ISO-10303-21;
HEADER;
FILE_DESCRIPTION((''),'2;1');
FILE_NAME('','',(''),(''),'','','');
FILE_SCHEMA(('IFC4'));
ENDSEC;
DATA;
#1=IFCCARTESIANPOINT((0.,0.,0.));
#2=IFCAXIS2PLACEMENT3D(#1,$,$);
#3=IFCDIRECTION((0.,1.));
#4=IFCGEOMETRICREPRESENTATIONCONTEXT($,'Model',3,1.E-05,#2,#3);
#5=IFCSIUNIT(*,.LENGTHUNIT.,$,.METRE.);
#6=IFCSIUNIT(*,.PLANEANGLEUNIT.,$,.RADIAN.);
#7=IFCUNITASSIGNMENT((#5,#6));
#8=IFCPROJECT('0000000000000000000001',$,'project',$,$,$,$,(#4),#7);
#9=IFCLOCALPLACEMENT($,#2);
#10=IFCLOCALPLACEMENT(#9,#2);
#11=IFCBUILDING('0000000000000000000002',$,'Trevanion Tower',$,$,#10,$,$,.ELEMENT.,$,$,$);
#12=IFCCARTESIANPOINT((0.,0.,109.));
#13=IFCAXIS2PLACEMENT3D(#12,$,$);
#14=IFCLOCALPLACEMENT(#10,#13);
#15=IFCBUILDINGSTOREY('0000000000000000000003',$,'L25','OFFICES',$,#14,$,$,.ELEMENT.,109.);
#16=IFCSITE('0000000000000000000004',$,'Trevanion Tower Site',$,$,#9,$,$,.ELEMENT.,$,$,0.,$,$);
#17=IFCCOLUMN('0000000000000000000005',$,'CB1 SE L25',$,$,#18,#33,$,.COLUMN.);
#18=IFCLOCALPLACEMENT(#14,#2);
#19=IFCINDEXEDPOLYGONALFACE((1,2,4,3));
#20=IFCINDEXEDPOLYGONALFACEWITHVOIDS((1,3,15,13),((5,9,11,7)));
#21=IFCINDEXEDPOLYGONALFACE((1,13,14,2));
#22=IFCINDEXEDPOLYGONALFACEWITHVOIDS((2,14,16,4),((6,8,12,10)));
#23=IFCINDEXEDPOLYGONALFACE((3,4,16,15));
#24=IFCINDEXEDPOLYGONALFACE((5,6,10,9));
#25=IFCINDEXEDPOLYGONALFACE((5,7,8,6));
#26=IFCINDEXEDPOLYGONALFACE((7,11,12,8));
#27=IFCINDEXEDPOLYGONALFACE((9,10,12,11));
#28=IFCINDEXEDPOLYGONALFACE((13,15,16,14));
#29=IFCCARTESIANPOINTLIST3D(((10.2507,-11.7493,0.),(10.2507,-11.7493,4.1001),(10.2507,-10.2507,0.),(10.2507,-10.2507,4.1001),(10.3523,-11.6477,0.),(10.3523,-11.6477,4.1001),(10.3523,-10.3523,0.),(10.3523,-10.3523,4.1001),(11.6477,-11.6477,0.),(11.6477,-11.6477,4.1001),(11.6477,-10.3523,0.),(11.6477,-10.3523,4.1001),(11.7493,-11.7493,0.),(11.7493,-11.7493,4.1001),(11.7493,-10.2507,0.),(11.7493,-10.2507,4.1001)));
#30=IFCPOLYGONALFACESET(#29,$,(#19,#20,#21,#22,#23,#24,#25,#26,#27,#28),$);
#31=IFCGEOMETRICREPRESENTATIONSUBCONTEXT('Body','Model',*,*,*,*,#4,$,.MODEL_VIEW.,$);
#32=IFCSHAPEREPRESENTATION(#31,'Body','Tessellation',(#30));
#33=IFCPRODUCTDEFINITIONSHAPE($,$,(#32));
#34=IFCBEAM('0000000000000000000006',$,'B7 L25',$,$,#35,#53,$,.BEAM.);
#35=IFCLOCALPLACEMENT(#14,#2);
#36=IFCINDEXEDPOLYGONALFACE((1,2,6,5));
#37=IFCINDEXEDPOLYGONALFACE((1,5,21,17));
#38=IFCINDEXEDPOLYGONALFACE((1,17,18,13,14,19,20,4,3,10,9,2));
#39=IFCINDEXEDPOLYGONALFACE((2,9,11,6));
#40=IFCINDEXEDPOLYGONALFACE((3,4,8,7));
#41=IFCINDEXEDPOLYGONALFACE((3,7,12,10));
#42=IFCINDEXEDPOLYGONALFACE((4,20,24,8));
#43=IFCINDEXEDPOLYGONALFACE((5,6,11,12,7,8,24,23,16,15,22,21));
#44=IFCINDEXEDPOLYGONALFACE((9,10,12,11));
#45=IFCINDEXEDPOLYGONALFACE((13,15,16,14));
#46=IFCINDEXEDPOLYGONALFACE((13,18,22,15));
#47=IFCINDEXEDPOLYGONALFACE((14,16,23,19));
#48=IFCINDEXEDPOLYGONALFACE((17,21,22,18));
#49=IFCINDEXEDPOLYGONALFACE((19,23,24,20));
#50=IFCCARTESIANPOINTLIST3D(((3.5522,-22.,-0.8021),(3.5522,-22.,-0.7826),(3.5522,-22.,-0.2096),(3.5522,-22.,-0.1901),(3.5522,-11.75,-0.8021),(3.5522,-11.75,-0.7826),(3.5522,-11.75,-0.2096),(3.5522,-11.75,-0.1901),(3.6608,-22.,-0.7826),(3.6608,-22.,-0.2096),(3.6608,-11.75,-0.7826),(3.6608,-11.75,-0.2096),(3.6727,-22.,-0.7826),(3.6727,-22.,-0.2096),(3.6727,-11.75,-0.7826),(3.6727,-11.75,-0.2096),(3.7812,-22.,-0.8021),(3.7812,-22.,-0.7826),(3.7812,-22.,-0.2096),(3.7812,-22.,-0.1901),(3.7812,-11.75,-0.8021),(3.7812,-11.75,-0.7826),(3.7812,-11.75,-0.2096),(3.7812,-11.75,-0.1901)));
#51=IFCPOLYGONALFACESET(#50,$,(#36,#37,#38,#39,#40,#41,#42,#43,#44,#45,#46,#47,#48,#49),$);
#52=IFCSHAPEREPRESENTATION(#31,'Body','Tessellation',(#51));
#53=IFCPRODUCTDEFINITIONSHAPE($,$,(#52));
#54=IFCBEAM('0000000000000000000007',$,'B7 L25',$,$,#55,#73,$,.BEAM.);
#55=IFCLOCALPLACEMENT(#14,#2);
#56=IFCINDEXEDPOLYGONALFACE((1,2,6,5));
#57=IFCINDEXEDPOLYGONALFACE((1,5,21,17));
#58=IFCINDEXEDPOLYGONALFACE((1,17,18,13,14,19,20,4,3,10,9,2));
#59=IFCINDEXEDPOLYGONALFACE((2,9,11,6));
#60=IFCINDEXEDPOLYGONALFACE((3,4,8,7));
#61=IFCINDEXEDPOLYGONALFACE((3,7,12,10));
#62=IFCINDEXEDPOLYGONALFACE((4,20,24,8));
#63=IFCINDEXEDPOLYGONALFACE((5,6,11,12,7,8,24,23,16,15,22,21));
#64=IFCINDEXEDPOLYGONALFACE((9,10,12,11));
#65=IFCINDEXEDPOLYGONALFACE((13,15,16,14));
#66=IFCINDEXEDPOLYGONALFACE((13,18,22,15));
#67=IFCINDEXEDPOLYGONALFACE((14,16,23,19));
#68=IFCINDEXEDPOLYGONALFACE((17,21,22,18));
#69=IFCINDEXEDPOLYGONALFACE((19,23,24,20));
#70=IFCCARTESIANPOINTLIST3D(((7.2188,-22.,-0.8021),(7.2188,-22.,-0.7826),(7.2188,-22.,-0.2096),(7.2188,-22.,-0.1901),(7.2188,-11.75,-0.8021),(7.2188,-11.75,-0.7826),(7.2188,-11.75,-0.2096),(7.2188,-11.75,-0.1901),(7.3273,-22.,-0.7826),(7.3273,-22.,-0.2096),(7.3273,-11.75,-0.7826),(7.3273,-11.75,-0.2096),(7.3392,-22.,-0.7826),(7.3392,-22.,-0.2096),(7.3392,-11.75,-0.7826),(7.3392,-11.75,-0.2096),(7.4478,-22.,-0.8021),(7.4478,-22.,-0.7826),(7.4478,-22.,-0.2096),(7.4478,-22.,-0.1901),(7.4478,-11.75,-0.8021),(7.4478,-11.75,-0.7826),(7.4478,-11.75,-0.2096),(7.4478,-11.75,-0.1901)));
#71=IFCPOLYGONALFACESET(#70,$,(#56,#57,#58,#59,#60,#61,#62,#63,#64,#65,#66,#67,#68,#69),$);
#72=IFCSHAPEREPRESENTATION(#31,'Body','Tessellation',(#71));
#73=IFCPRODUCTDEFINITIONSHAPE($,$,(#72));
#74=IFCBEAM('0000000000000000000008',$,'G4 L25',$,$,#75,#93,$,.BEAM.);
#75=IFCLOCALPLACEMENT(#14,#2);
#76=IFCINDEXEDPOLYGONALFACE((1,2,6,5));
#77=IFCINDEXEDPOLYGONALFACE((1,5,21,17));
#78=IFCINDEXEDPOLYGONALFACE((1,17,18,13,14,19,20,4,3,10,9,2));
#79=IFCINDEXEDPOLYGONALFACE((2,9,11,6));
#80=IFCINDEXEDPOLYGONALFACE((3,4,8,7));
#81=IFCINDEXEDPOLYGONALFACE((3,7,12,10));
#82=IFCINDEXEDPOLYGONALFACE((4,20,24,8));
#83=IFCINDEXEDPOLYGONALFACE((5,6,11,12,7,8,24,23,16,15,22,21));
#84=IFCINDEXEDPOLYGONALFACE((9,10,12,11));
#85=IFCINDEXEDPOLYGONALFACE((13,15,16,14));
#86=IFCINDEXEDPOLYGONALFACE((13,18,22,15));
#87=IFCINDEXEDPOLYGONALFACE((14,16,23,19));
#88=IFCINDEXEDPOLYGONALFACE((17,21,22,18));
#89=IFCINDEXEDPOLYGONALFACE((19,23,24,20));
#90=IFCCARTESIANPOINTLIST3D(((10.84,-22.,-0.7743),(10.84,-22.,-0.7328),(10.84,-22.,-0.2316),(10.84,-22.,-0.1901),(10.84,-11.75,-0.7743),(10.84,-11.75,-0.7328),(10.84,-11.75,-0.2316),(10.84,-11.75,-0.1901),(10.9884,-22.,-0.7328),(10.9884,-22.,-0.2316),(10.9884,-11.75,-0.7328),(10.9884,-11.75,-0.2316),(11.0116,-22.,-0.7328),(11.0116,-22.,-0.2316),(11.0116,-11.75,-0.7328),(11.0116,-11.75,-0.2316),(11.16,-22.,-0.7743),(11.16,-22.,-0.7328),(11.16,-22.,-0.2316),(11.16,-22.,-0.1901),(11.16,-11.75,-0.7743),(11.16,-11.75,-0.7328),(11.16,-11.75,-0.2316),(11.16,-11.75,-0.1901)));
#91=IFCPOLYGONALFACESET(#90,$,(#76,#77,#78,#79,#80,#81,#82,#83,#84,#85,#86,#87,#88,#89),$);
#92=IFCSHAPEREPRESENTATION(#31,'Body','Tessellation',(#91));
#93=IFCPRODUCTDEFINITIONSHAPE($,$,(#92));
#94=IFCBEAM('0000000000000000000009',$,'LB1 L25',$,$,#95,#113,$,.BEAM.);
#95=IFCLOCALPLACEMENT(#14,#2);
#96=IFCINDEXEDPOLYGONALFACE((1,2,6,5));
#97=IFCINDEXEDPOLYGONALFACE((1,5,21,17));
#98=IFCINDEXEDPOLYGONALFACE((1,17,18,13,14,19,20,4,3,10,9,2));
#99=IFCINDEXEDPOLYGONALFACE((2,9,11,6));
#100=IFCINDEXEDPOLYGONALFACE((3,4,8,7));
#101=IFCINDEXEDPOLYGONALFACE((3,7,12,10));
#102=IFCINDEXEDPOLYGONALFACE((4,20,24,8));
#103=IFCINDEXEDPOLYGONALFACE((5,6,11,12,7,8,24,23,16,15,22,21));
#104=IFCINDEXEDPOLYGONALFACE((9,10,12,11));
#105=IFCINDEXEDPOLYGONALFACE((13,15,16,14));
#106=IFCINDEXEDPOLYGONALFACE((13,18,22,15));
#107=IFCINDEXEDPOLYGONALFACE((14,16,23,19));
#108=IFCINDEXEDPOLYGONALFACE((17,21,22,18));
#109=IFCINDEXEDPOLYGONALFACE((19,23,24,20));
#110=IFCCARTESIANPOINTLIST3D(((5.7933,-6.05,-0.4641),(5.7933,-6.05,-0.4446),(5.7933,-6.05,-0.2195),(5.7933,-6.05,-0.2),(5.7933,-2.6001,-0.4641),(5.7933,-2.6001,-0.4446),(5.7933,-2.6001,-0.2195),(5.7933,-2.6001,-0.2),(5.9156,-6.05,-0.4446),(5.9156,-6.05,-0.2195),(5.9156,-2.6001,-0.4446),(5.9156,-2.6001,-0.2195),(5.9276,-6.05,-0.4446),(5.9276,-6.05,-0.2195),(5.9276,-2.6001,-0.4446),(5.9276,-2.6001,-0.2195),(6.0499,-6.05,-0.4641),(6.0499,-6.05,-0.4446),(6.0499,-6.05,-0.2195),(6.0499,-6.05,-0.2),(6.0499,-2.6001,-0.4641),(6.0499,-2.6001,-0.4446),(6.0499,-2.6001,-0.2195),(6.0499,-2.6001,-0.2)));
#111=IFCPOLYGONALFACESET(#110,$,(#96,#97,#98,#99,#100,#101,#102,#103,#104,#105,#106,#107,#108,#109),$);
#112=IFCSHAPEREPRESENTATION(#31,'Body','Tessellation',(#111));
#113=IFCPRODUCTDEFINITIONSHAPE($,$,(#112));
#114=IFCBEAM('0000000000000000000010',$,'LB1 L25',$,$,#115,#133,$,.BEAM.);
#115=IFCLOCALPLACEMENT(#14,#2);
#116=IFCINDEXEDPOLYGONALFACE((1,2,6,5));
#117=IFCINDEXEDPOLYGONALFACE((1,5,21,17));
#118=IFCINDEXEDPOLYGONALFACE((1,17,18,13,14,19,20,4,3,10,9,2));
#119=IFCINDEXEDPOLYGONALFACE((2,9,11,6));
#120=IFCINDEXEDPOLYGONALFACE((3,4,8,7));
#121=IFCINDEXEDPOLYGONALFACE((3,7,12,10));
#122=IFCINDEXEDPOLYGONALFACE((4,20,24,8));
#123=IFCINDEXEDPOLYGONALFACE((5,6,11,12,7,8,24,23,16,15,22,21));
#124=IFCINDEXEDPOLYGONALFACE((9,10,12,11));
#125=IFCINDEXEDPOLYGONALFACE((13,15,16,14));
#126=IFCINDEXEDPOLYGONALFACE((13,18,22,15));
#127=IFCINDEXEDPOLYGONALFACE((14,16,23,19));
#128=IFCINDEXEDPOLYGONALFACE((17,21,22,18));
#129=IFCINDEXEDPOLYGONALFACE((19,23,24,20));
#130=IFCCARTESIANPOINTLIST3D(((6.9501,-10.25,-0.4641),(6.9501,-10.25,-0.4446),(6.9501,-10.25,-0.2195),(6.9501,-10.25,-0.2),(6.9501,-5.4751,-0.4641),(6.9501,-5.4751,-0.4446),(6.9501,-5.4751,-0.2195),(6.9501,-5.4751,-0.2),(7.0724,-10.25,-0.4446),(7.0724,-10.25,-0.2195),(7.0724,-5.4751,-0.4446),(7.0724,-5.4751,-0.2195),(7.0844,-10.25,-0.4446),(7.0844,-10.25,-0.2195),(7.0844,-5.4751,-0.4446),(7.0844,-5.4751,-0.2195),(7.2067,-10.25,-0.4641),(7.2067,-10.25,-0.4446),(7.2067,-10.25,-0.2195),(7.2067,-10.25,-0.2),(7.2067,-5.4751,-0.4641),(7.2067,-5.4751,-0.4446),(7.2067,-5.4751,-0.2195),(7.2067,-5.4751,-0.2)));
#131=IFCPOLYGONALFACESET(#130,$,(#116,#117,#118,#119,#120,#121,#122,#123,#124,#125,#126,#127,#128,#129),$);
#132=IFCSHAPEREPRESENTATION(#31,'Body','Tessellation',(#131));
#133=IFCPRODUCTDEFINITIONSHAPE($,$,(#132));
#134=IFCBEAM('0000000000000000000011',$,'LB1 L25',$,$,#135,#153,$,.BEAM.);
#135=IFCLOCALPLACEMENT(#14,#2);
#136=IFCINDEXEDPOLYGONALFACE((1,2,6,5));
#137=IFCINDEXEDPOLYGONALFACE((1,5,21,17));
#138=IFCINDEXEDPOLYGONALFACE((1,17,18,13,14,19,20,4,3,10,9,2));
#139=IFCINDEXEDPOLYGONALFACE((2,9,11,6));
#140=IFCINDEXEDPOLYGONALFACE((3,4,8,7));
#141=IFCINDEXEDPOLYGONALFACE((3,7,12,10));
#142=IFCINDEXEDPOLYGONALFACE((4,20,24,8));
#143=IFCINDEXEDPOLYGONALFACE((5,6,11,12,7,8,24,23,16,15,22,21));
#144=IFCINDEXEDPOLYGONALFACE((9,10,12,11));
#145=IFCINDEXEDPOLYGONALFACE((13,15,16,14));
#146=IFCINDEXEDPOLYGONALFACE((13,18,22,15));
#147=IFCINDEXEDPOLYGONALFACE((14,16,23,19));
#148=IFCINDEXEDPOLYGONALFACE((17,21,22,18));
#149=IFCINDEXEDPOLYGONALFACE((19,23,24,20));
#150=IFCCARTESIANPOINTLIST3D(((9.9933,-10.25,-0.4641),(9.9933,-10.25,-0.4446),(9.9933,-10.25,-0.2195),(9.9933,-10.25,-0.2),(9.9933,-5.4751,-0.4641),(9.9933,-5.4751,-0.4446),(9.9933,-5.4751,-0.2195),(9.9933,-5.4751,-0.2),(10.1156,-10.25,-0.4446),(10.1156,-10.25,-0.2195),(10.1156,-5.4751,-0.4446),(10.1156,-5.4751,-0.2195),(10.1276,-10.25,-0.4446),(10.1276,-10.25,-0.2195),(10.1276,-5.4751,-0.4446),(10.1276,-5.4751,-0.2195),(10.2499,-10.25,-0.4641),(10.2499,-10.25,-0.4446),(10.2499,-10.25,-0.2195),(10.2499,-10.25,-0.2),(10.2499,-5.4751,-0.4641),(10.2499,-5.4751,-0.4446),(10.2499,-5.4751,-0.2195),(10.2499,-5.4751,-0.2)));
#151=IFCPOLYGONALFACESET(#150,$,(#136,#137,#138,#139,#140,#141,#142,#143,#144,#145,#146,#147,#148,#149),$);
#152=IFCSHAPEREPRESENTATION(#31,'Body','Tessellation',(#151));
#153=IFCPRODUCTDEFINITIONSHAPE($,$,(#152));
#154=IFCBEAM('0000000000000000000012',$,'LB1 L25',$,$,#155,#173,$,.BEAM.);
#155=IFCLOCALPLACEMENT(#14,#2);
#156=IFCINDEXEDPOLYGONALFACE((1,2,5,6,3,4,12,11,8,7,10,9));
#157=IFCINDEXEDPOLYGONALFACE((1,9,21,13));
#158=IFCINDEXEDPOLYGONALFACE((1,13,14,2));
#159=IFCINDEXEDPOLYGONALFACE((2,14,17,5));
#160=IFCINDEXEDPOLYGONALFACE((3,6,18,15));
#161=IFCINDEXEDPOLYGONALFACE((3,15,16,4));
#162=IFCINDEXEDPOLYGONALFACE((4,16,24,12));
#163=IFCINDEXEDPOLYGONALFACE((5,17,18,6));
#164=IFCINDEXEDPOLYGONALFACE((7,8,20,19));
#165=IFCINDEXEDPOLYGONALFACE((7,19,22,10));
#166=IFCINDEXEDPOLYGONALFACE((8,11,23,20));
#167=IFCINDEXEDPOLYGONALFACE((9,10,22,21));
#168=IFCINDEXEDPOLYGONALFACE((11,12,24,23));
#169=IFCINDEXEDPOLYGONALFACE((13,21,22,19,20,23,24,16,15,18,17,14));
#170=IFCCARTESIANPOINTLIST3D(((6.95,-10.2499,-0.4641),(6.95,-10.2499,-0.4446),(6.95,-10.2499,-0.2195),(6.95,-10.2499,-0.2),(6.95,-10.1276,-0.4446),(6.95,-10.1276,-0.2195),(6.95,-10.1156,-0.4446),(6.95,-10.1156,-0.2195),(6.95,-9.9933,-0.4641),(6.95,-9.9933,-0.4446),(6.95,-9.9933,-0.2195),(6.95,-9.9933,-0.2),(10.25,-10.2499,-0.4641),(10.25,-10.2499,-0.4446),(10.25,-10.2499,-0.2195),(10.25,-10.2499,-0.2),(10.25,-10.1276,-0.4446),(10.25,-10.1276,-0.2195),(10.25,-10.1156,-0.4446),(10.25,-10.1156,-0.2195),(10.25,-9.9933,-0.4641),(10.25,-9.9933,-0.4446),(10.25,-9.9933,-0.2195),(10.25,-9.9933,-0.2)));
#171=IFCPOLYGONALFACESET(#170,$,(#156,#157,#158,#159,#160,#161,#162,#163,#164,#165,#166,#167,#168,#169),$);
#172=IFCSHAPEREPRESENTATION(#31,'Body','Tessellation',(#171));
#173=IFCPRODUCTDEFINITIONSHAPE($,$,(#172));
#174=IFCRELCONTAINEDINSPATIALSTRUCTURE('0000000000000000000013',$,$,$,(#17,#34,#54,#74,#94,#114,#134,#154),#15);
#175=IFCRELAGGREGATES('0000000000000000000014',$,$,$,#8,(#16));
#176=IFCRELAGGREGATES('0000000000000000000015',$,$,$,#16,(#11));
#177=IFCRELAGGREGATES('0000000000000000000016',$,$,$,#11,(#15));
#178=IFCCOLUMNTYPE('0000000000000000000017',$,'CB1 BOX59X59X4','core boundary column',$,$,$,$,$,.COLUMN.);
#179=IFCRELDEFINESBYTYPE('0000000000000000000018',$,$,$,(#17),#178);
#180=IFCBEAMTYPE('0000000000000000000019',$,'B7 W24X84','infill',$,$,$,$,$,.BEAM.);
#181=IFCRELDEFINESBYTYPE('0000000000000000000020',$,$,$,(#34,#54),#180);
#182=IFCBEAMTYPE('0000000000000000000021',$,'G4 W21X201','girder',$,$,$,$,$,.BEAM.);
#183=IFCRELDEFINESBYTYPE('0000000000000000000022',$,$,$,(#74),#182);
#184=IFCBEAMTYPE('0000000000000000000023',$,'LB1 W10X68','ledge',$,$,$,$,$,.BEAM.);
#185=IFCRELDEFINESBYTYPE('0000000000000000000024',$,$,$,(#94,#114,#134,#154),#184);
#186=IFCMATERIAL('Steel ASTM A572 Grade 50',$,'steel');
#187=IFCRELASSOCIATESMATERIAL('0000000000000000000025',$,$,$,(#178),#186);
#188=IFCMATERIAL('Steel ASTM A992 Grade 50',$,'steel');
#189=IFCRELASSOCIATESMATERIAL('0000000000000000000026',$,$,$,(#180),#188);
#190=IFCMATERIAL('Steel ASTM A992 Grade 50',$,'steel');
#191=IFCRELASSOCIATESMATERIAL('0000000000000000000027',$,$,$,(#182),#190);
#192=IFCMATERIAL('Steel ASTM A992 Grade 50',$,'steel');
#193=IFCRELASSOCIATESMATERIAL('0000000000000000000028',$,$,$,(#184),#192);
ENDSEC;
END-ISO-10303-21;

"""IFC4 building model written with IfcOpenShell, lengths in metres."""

from ifc_helpers import new_model, si_unit, direction, frame, origin, origin_2d, place, context, subcontext, project, spatial, hollow_rectangle, i_section, extrude, material, material_profile, profile_set, type_object, element, save


model = new_model("IFC4")

# Units and contexts
model_context = context("Model", 3, precision=1e-05, world=origin(), true_north=direction((0.0, 1.0)))
body_context = subcontext(model_context, "Body", "Model", "MODEL_VIEW")
ifc_project = project(units=[si_unit("LENGTHUNIT", "METRE"), si_unit("PLANEANGLEUNIT", "RADIAN")], contexts=[model_context])

# Site, building, storey
site_placement = place(None, origin())
site = spatial("IfcSite", under=ifc_project, at=site_placement, Name="Trevanion Tower Site", CompositionType="ELEMENT", RefElevation=0.0)
building_placement = place(site_placement, origin())
building = spatial("IfcBuilding", under=site, at=building_placement, Name="Trevanion Tower", CompositionType="ELEMENT")
storey_placement = place(building_placement, frame((0.0, 0.0, 109.0)))
storey = spatial("IfcBuildingStorey", under=building, at=storey_placement, Name="L25", Description="OFFICES", CompositionType="ELEMENT", Elevation=109.0)

# Column
ifc_material_1 = material(Name="Steel ASTM A572 Grade 50", Category="steel")
ifc_material_profile_1 = material_profile(ifc_material_1, hollow_rectangle(XDim=1.4985, YDim=1.4985, WallThickness=0.1016, at=origin_2d()), Name="BOX59X59X4")
ifc_profile_set_1 = profile_set([ifc_material_profile_1], Name="Steel ASTM A572 Grade 50")
column_type = type_object("IfcColumnType", Name="CB1 BOX59X59X4", Description="core boundary column", PredefinedType="COLUMN", material=ifc_profile_set_1)
column_placement = place(storey_placement, frame((11.0, -11.0, 0.0), z_axis=(0.0, 0.0, 1.0), x_axis=(1.0, 0.0, 0.0)))
element("IfcColumn", 1, at=column_placement, inside=storey, type_object=column_type, Name="CB1 SE L25", PredefinedType="COLUMN", context=body_context, shape_type="SweptSolid", body=[
    extrude(hollow_rectangle(XDim=1.4985, YDim=1.4985, WallThickness=0.1016, at=origin_2d()), origin(), (0.0, 0.0, 1.0), 4.1001),
])

# Beams
ifc_material_2 = material(Name="Steel ASTM A992 Grade 50", Category="steel")
ifc_material_profile_2 = material_profile(ifc_material_2, i_section(OverallWidth=0.229, OverallDepth=0.6121, WebThickness=0.012, FlangeThickness=0.0195, at=origin_2d()), Name="W24X84")
ifc_profile_set_2 = profile_set([ifc_material_profile_2], Name="Steel ASTM A992 Grade 50")
beam_type_1 = type_object("IfcBeamType", Name="B7 W24X84", Description="infill", PredefinedType="BEAM", material=ifc_profile_set_2)
for number, where, z_axis, x_axis, name in (
    (2, (3.6667, -11.75, -0.4961), (0.0, -1.0, 0.0), (1.0, 0.0, 0.0), "B7 L25"),
    (3, (7.3333, -11.75, -0.4961), (0.0, -1.0, 0.0), (1.0, 0.0, 0.0), "B7 L25"),
):
    element("IfcBeam", number, at=place(storey_placement, frame(where, z_axis=z_axis, x_axis=x_axis)), inside=storey, type_object=beam_type_1, Name=name, PredefinedType="BEAM", context=body_context, shape_type="SweptSolid", body=[
        extrude(i_section(OverallWidth=0.229, OverallDepth=0.6121, WebThickness=0.012, FlangeThickness=0.0195, at=origin_2d()), origin(), (0.0, 0.0, 1.0), 10.25),
    ])
ifc_material_3 = material(Name="Steel ASTM A992 Grade 50", Category="steel")
ifc_material_profile_3 = material_profile(ifc_material_3, i_section(OverallWidth=0.3201, OverallDepth=0.5842, WebThickness=0.0232, FlangeThickness=0.0415, at=origin_2d()), Name="W21X201")
ifc_profile_set_3 = profile_set([ifc_material_profile_3], Name="Steel ASTM A992 Grade 50")
beam_type_2 = type_object("IfcBeamType", Name="G4 W21X201", Description="girder", PredefinedType="BEAM", material=ifc_profile_set_3)
beam_1_placement = place(storey_placement, frame((11.0, -11.75, -0.4822), z_axis=(0.0, -1.0, 0.0), x_axis=(1.0, 0.0, 0.0)))
element("IfcBeam", 4, at=beam_1_placement, inside=storey, type_object=beam_type_2, Name="G4 L25", PredefinedType="BEAM", context=body_context, shape_type="SweptSolid", body=[
    extrude(i_section(OverallWidth=0.3201, OverallDepth=0.5842, WebThickness=0.0232, FlangeThickness=0.0415, at=origin_2d()), origin(), (0.0, 0.0, 1.0), 10.25),
])
ifc_material_4 = material(Name="Steel ASTM A992 Grade 50", Category="steel")
ifc_material_profile_4 = material_profile(ifc_material_4, i_section(OverallWidth=0.2566, OverallDepth=0.2642, WebThickness=0.012, FlangeThickness=0.0195, at=origin_2d()), Name="W10X68")
ifc_profile_set_4 = profile_set([ifc_material_profile_4], Name="Steel ASTM A992 Grade 50")
beam_type_3 = type_object("IfcBeamType", Name="LB1 W10X68", Description="ledge", PredefinedType="BEAM", material=ifc_profile_set_4)
beam_2_placement = place(storey_placement, frame((5.9216, -6.05, -0.332), z_axis=(0.0, 1.0, 0.0), x_axis=(-1.0, 0.0, 0.0)))
element("IfcBeam", 5, at=beam_2_placement, inside=storey, type_object=beam_type_3, Name="LB1 L25", PredefinedType="BEAM", context=body_context, shape_type="SweptSolid", body=[
    extrude(i_section(OverallWidth=0.2566, OverallDepth=0.2642, WebThickness=0.012, FlangeThickness=0.0195, at=origin_2d()), origin(), (0.0, 0.0, 1.0), 3.45),
])
for number, where, z_axis, x_axis, name in (
    (6, (7.0784, -10.25, -0.332), (0.0, 1.0, 0.0), (-1.0, 0.0, 0.0), "LB1 L25"),
    (7, (10.1216, -10.25, -0.332), (0.0, 1.0, 0.0), (-1.0, 0.0, 0.0), "LB1 L25"),
):
    element("IfcBeam", number, at=place(storey_placement, frame(where, z_axis=z_axis, x_axis=x_axis)), inside=storey, type_object=beam_type_3, Name=name, PredefinedType="BEAM", context=body_context, shape_type="SweptSolid", body=[
        extrude(i_section(OverallWidth=0.2566, OverallDepth=0.2642, WebThickness=0.012, FlangeThickness=0.0195, at=origin_2d()), origin(), (0.0, 0.0, 1.0), 4.7749),
    ])
beam_3_placement = place(storey_placement, frame((6.95, -10.1216, -0.332), z_axis=(1.0, 0.0, 0.0), x_axis=(0.0, 1.0, 0.0)))
element("IfcBeam", 8, at=beam_3_placement, inside=storey, type_object=beam_type_3, Name="LB1 L25", PredefinedType="BEAM", context=body_context, shape_type="SweptSolid", body=[
    extrude(i_section(OverallWidth=0.2566, OverallDepth=0.2642, WebThickness=0.012, FlangeThickness=0.0195, at=origin_2d()), origin(), (0.0, 0.0, 1.0), 3.3),
])

save(model, "model.ifc")
